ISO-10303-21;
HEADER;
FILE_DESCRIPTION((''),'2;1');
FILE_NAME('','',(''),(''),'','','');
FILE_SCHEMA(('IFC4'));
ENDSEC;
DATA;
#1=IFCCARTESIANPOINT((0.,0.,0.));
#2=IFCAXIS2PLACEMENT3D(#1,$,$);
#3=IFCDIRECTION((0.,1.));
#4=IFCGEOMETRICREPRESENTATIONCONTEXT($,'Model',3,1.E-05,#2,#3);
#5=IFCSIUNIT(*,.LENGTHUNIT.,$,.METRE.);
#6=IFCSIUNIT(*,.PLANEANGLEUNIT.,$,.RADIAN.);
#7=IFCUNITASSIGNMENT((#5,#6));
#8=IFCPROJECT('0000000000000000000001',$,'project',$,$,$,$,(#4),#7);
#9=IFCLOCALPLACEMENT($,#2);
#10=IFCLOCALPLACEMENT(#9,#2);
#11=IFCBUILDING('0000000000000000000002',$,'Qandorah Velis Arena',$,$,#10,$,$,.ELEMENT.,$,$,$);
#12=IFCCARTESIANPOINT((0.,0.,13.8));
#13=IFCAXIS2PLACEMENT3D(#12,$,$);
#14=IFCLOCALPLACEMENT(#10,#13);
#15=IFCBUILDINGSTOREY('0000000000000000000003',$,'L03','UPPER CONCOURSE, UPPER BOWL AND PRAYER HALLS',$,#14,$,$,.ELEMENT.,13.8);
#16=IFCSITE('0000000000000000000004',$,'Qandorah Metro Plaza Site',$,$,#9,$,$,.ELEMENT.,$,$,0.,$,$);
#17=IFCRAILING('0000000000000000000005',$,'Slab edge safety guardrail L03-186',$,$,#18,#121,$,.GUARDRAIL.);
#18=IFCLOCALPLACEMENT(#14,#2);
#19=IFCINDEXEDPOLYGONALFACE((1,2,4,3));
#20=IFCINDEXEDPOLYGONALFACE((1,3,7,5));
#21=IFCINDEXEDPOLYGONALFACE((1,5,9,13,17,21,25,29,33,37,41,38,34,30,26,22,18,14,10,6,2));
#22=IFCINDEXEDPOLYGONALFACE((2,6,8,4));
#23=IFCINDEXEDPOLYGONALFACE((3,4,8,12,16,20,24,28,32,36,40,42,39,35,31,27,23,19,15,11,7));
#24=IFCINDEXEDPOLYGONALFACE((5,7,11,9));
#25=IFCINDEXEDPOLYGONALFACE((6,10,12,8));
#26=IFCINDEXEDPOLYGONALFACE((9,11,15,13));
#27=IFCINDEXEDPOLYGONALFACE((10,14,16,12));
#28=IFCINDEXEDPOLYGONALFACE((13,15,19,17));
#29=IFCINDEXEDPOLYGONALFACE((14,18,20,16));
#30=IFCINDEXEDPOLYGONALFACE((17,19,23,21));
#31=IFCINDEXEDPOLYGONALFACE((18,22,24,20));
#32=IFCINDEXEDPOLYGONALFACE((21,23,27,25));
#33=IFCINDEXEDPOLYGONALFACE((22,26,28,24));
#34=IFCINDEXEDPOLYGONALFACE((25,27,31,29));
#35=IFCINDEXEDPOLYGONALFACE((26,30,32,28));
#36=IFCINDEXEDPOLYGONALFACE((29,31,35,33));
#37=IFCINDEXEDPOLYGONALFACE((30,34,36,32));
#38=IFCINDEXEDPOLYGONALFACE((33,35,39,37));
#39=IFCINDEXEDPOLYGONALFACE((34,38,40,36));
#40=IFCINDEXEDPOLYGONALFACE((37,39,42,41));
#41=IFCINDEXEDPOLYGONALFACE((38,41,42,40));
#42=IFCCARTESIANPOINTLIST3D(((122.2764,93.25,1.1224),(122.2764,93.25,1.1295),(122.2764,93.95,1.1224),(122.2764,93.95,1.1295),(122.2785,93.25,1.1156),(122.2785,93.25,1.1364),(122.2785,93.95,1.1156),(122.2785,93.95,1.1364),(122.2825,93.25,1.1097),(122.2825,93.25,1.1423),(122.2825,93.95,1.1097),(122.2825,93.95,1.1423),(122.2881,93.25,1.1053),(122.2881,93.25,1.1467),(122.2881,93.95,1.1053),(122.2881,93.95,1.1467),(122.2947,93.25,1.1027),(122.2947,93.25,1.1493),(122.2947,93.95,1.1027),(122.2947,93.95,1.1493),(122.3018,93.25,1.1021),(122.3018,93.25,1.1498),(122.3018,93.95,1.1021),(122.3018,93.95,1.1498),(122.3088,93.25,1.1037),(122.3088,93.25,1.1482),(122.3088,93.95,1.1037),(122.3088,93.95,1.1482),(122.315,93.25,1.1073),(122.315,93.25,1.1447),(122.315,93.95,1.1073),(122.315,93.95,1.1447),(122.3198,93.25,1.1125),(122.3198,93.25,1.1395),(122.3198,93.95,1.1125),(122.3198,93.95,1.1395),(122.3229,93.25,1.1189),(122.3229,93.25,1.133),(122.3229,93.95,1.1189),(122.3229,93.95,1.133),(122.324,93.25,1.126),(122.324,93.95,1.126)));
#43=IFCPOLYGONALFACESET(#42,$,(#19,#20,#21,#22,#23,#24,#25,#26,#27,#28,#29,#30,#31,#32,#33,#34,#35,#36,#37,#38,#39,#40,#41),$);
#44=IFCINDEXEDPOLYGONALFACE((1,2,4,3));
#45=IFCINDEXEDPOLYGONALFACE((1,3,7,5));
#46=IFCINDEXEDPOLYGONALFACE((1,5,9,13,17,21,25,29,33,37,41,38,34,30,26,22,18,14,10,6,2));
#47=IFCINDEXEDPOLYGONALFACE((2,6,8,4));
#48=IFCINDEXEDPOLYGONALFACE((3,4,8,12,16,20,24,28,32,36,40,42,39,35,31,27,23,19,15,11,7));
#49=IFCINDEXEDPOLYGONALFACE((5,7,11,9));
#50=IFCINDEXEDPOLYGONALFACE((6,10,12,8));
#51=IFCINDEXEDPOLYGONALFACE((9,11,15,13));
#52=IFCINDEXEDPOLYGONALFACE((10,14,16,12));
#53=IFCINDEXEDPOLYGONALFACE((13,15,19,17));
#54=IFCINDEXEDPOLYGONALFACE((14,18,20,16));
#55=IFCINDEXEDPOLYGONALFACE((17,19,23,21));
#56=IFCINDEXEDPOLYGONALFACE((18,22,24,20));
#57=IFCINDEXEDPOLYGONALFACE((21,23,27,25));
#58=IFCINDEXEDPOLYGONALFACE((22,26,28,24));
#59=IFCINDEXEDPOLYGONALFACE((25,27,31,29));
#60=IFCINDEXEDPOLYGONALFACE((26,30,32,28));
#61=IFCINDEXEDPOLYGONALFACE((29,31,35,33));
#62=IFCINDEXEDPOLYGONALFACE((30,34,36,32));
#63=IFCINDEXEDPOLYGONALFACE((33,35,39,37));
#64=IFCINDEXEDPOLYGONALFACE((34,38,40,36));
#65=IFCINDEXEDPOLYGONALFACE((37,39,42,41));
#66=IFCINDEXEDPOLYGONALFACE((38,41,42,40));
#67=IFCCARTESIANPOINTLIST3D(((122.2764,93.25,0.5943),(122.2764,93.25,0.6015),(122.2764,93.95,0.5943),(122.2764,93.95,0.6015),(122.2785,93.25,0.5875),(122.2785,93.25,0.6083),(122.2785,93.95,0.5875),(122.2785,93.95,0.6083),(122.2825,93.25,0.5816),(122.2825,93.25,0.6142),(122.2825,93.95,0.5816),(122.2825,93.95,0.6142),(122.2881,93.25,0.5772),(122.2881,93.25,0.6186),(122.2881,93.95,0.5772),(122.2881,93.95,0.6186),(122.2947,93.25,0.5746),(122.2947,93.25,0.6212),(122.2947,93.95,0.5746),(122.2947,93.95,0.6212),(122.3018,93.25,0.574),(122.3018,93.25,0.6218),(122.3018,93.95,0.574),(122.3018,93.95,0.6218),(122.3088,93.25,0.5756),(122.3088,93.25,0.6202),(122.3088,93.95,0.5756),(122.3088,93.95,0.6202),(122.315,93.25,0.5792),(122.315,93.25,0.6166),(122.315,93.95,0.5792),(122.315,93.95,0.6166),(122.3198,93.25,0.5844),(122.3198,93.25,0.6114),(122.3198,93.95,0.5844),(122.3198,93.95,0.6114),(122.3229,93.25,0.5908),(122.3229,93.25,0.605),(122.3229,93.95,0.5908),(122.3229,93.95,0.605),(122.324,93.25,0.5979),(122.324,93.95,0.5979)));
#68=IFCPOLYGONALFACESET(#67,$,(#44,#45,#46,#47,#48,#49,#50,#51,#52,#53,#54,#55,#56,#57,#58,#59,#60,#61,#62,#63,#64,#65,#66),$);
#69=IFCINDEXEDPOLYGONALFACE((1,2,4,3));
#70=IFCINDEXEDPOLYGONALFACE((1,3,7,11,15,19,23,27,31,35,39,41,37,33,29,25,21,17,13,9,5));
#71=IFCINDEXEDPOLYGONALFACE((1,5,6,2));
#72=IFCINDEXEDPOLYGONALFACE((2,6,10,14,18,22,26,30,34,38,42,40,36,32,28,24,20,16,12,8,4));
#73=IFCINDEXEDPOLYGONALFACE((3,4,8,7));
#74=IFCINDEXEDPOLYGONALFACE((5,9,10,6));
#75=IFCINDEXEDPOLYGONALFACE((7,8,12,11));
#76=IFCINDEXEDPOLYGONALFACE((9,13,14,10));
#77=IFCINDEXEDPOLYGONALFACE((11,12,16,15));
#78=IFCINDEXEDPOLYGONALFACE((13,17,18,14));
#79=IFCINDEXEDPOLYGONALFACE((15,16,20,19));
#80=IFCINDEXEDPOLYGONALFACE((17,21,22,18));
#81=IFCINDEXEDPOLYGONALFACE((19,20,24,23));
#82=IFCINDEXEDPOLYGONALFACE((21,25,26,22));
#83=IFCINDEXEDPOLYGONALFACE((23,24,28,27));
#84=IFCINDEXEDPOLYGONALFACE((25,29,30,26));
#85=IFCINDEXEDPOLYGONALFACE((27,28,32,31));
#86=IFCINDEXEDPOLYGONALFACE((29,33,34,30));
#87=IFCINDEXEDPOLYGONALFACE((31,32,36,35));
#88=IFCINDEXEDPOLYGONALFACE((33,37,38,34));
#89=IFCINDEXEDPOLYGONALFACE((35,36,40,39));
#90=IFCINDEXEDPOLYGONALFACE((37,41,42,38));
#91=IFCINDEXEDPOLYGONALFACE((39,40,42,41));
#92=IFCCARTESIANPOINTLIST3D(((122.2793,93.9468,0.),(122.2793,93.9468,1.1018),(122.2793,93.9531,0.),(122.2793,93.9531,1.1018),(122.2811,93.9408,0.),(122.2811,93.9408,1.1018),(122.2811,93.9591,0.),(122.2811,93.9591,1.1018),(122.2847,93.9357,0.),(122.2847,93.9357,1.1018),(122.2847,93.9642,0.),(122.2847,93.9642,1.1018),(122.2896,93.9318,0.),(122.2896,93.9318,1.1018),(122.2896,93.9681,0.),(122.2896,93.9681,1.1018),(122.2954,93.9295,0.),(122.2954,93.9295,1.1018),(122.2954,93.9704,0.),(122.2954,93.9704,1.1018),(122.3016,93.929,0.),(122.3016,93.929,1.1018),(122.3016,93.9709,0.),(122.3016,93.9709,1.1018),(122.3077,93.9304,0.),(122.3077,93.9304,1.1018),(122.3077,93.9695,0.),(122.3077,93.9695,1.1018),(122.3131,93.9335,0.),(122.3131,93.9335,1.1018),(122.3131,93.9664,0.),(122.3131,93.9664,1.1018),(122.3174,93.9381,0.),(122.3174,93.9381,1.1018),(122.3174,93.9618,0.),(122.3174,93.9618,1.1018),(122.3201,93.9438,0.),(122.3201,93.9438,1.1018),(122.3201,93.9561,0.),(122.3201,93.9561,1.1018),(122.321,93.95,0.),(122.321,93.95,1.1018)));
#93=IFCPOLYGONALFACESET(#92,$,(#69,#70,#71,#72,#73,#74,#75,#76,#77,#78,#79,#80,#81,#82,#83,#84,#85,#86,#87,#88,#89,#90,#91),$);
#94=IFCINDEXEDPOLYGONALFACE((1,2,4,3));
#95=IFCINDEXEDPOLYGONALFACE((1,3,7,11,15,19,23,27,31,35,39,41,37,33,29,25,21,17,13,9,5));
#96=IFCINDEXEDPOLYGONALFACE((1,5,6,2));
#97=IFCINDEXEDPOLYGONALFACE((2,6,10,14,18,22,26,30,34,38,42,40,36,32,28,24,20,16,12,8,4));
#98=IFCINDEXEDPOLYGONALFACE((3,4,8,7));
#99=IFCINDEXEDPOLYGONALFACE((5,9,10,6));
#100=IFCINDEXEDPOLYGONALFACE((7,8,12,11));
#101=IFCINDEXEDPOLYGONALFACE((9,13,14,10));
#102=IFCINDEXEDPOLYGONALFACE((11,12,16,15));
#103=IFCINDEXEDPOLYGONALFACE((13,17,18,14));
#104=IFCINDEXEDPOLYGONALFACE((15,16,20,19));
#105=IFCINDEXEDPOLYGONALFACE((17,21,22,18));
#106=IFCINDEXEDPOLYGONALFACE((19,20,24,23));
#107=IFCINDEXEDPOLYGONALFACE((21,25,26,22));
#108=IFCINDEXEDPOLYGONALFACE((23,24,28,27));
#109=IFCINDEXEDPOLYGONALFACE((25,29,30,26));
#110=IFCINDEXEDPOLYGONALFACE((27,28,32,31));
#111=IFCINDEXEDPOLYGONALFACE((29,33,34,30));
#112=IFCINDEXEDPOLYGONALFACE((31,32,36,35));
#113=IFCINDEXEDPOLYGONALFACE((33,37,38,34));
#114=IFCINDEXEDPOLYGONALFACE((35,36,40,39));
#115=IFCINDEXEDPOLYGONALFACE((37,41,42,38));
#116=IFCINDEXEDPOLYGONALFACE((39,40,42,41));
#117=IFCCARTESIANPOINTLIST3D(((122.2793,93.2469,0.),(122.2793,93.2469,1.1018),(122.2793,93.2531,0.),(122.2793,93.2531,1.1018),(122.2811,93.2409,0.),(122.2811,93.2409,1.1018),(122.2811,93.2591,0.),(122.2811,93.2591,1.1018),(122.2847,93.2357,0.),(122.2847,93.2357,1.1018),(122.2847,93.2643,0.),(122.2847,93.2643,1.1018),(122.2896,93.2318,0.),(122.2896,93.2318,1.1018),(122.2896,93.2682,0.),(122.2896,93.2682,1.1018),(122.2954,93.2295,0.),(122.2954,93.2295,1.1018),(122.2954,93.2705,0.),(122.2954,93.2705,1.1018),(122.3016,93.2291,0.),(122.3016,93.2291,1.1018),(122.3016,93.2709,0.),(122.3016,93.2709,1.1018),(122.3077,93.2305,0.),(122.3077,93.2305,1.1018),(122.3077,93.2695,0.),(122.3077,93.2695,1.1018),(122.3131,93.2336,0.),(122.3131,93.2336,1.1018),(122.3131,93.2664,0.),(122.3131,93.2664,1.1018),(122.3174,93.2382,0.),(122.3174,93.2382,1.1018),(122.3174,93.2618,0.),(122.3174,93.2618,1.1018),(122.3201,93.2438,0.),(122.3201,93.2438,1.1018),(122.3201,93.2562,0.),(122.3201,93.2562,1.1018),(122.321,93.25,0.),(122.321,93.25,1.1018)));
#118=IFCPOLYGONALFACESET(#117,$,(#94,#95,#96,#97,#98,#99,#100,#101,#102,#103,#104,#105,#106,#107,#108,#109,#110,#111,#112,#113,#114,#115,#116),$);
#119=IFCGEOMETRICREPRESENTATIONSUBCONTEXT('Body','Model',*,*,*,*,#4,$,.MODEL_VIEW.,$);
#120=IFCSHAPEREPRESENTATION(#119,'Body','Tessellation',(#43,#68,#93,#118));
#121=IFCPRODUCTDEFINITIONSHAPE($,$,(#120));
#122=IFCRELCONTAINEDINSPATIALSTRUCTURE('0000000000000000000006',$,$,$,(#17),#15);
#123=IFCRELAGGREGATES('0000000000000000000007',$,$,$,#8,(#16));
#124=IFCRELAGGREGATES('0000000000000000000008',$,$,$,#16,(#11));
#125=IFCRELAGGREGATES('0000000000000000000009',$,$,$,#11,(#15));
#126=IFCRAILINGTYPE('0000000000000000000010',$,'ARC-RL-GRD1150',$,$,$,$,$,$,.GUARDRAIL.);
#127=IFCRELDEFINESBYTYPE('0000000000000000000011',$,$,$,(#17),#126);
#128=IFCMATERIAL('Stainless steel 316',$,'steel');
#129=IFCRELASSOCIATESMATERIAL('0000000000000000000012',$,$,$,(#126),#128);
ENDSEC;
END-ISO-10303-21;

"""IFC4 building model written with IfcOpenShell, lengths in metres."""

from ifc_helpers import new_model, si_unit, direction, frame, origin, origin_2d, place, context, subcontext, project, spatial, circle, extrude, material, type_object, element, save


model = new_model("IFC4")

# Units and contexts
model_context = context("Model", 3, precision=1e-05, world=origin(), true_north=direction((0.0, 1.0)))
body_context = subcontext(model_context, "Body", "Model", "MODEL_VIEW")
ifc_project = project(units=[si_unit("LENGTHUNIT", "METRE"), si_unit("PLANEANGLEUNIT", "RADIAN")], contexts=[model_context])

# Site, building, storey
site_placement = place(None, origin())
site = spatial("IfcSite", under=ifc_project, at=site_placement, Name="Qandorah Metro Plaza Site", CompositionType="ELEMENT", RefElevation=0.0)
building_placement = place(site_placement, origin())
building = spatial("IfcBuilding", under=site, at=building_placement, Name="Qandorah Velis Arena", CompositionType="ELEMENT")
storey_placement = place(building_placement, frame((0.0, 0.0, 13.8)))
storey = spatial("IfcBuildingStorey", under=building, at=storey_placement, Name="L03", Description="UPPER CONCOURSE, UPPER BOWL AND PRAYER HALLS", CompositionType="ELEMENT", Elevation=13.8)

# Railing
ifc_material_1 = material(Name="Stainless steel 316", Category="steel")
railing_type = type_object("IfcRailingType", Name="ARC-RL-GRD1150", PredefinedType="GUARDRAIL", material=ifc_material_1)
railing_1_placement = place(storey_placement, frame((122.3, 93.95, 0.0)))
element("IfcRailing", 1, at=railing_1_placement, inside=storey, type_object=railing_type, Name="Slab edge safety guardrail L03-186", PredefinedType="GUARDRAIL", context=body_context, shape_type="SweptSolid", body=[
    extrude(circle(Radius=0.0239, at=origin_2d()), frame((0.0, 0.0, 1.126), z_axis=(0.0, -1.0, 0.0), x_axis=(1.0, 0.0, 0.0)), (0.0, 0.0, 1.0), 0.7),
    extrude(circle(Radius=0.0239, at=origin_2d()), frame((0.0, 0.0, 0.5979), z_axis=(0.0, -1.0, 0.0), x_axis=(1.0, 0.0, 0.0)), (0.0, 0.0, 1.0), 0.7),
    extrude(circle(Radius=0.021, at=origin_2d()), origin(), (0.0, 0.0, 1.0), 1.1018),
    extrude(circle(Radius=0.021, at=origin_2d()), frame((0.0, -0.7, 0.0)), (0.0, 0.0, 1.0), 1.1018),
])

save(model, "model.ifc")
